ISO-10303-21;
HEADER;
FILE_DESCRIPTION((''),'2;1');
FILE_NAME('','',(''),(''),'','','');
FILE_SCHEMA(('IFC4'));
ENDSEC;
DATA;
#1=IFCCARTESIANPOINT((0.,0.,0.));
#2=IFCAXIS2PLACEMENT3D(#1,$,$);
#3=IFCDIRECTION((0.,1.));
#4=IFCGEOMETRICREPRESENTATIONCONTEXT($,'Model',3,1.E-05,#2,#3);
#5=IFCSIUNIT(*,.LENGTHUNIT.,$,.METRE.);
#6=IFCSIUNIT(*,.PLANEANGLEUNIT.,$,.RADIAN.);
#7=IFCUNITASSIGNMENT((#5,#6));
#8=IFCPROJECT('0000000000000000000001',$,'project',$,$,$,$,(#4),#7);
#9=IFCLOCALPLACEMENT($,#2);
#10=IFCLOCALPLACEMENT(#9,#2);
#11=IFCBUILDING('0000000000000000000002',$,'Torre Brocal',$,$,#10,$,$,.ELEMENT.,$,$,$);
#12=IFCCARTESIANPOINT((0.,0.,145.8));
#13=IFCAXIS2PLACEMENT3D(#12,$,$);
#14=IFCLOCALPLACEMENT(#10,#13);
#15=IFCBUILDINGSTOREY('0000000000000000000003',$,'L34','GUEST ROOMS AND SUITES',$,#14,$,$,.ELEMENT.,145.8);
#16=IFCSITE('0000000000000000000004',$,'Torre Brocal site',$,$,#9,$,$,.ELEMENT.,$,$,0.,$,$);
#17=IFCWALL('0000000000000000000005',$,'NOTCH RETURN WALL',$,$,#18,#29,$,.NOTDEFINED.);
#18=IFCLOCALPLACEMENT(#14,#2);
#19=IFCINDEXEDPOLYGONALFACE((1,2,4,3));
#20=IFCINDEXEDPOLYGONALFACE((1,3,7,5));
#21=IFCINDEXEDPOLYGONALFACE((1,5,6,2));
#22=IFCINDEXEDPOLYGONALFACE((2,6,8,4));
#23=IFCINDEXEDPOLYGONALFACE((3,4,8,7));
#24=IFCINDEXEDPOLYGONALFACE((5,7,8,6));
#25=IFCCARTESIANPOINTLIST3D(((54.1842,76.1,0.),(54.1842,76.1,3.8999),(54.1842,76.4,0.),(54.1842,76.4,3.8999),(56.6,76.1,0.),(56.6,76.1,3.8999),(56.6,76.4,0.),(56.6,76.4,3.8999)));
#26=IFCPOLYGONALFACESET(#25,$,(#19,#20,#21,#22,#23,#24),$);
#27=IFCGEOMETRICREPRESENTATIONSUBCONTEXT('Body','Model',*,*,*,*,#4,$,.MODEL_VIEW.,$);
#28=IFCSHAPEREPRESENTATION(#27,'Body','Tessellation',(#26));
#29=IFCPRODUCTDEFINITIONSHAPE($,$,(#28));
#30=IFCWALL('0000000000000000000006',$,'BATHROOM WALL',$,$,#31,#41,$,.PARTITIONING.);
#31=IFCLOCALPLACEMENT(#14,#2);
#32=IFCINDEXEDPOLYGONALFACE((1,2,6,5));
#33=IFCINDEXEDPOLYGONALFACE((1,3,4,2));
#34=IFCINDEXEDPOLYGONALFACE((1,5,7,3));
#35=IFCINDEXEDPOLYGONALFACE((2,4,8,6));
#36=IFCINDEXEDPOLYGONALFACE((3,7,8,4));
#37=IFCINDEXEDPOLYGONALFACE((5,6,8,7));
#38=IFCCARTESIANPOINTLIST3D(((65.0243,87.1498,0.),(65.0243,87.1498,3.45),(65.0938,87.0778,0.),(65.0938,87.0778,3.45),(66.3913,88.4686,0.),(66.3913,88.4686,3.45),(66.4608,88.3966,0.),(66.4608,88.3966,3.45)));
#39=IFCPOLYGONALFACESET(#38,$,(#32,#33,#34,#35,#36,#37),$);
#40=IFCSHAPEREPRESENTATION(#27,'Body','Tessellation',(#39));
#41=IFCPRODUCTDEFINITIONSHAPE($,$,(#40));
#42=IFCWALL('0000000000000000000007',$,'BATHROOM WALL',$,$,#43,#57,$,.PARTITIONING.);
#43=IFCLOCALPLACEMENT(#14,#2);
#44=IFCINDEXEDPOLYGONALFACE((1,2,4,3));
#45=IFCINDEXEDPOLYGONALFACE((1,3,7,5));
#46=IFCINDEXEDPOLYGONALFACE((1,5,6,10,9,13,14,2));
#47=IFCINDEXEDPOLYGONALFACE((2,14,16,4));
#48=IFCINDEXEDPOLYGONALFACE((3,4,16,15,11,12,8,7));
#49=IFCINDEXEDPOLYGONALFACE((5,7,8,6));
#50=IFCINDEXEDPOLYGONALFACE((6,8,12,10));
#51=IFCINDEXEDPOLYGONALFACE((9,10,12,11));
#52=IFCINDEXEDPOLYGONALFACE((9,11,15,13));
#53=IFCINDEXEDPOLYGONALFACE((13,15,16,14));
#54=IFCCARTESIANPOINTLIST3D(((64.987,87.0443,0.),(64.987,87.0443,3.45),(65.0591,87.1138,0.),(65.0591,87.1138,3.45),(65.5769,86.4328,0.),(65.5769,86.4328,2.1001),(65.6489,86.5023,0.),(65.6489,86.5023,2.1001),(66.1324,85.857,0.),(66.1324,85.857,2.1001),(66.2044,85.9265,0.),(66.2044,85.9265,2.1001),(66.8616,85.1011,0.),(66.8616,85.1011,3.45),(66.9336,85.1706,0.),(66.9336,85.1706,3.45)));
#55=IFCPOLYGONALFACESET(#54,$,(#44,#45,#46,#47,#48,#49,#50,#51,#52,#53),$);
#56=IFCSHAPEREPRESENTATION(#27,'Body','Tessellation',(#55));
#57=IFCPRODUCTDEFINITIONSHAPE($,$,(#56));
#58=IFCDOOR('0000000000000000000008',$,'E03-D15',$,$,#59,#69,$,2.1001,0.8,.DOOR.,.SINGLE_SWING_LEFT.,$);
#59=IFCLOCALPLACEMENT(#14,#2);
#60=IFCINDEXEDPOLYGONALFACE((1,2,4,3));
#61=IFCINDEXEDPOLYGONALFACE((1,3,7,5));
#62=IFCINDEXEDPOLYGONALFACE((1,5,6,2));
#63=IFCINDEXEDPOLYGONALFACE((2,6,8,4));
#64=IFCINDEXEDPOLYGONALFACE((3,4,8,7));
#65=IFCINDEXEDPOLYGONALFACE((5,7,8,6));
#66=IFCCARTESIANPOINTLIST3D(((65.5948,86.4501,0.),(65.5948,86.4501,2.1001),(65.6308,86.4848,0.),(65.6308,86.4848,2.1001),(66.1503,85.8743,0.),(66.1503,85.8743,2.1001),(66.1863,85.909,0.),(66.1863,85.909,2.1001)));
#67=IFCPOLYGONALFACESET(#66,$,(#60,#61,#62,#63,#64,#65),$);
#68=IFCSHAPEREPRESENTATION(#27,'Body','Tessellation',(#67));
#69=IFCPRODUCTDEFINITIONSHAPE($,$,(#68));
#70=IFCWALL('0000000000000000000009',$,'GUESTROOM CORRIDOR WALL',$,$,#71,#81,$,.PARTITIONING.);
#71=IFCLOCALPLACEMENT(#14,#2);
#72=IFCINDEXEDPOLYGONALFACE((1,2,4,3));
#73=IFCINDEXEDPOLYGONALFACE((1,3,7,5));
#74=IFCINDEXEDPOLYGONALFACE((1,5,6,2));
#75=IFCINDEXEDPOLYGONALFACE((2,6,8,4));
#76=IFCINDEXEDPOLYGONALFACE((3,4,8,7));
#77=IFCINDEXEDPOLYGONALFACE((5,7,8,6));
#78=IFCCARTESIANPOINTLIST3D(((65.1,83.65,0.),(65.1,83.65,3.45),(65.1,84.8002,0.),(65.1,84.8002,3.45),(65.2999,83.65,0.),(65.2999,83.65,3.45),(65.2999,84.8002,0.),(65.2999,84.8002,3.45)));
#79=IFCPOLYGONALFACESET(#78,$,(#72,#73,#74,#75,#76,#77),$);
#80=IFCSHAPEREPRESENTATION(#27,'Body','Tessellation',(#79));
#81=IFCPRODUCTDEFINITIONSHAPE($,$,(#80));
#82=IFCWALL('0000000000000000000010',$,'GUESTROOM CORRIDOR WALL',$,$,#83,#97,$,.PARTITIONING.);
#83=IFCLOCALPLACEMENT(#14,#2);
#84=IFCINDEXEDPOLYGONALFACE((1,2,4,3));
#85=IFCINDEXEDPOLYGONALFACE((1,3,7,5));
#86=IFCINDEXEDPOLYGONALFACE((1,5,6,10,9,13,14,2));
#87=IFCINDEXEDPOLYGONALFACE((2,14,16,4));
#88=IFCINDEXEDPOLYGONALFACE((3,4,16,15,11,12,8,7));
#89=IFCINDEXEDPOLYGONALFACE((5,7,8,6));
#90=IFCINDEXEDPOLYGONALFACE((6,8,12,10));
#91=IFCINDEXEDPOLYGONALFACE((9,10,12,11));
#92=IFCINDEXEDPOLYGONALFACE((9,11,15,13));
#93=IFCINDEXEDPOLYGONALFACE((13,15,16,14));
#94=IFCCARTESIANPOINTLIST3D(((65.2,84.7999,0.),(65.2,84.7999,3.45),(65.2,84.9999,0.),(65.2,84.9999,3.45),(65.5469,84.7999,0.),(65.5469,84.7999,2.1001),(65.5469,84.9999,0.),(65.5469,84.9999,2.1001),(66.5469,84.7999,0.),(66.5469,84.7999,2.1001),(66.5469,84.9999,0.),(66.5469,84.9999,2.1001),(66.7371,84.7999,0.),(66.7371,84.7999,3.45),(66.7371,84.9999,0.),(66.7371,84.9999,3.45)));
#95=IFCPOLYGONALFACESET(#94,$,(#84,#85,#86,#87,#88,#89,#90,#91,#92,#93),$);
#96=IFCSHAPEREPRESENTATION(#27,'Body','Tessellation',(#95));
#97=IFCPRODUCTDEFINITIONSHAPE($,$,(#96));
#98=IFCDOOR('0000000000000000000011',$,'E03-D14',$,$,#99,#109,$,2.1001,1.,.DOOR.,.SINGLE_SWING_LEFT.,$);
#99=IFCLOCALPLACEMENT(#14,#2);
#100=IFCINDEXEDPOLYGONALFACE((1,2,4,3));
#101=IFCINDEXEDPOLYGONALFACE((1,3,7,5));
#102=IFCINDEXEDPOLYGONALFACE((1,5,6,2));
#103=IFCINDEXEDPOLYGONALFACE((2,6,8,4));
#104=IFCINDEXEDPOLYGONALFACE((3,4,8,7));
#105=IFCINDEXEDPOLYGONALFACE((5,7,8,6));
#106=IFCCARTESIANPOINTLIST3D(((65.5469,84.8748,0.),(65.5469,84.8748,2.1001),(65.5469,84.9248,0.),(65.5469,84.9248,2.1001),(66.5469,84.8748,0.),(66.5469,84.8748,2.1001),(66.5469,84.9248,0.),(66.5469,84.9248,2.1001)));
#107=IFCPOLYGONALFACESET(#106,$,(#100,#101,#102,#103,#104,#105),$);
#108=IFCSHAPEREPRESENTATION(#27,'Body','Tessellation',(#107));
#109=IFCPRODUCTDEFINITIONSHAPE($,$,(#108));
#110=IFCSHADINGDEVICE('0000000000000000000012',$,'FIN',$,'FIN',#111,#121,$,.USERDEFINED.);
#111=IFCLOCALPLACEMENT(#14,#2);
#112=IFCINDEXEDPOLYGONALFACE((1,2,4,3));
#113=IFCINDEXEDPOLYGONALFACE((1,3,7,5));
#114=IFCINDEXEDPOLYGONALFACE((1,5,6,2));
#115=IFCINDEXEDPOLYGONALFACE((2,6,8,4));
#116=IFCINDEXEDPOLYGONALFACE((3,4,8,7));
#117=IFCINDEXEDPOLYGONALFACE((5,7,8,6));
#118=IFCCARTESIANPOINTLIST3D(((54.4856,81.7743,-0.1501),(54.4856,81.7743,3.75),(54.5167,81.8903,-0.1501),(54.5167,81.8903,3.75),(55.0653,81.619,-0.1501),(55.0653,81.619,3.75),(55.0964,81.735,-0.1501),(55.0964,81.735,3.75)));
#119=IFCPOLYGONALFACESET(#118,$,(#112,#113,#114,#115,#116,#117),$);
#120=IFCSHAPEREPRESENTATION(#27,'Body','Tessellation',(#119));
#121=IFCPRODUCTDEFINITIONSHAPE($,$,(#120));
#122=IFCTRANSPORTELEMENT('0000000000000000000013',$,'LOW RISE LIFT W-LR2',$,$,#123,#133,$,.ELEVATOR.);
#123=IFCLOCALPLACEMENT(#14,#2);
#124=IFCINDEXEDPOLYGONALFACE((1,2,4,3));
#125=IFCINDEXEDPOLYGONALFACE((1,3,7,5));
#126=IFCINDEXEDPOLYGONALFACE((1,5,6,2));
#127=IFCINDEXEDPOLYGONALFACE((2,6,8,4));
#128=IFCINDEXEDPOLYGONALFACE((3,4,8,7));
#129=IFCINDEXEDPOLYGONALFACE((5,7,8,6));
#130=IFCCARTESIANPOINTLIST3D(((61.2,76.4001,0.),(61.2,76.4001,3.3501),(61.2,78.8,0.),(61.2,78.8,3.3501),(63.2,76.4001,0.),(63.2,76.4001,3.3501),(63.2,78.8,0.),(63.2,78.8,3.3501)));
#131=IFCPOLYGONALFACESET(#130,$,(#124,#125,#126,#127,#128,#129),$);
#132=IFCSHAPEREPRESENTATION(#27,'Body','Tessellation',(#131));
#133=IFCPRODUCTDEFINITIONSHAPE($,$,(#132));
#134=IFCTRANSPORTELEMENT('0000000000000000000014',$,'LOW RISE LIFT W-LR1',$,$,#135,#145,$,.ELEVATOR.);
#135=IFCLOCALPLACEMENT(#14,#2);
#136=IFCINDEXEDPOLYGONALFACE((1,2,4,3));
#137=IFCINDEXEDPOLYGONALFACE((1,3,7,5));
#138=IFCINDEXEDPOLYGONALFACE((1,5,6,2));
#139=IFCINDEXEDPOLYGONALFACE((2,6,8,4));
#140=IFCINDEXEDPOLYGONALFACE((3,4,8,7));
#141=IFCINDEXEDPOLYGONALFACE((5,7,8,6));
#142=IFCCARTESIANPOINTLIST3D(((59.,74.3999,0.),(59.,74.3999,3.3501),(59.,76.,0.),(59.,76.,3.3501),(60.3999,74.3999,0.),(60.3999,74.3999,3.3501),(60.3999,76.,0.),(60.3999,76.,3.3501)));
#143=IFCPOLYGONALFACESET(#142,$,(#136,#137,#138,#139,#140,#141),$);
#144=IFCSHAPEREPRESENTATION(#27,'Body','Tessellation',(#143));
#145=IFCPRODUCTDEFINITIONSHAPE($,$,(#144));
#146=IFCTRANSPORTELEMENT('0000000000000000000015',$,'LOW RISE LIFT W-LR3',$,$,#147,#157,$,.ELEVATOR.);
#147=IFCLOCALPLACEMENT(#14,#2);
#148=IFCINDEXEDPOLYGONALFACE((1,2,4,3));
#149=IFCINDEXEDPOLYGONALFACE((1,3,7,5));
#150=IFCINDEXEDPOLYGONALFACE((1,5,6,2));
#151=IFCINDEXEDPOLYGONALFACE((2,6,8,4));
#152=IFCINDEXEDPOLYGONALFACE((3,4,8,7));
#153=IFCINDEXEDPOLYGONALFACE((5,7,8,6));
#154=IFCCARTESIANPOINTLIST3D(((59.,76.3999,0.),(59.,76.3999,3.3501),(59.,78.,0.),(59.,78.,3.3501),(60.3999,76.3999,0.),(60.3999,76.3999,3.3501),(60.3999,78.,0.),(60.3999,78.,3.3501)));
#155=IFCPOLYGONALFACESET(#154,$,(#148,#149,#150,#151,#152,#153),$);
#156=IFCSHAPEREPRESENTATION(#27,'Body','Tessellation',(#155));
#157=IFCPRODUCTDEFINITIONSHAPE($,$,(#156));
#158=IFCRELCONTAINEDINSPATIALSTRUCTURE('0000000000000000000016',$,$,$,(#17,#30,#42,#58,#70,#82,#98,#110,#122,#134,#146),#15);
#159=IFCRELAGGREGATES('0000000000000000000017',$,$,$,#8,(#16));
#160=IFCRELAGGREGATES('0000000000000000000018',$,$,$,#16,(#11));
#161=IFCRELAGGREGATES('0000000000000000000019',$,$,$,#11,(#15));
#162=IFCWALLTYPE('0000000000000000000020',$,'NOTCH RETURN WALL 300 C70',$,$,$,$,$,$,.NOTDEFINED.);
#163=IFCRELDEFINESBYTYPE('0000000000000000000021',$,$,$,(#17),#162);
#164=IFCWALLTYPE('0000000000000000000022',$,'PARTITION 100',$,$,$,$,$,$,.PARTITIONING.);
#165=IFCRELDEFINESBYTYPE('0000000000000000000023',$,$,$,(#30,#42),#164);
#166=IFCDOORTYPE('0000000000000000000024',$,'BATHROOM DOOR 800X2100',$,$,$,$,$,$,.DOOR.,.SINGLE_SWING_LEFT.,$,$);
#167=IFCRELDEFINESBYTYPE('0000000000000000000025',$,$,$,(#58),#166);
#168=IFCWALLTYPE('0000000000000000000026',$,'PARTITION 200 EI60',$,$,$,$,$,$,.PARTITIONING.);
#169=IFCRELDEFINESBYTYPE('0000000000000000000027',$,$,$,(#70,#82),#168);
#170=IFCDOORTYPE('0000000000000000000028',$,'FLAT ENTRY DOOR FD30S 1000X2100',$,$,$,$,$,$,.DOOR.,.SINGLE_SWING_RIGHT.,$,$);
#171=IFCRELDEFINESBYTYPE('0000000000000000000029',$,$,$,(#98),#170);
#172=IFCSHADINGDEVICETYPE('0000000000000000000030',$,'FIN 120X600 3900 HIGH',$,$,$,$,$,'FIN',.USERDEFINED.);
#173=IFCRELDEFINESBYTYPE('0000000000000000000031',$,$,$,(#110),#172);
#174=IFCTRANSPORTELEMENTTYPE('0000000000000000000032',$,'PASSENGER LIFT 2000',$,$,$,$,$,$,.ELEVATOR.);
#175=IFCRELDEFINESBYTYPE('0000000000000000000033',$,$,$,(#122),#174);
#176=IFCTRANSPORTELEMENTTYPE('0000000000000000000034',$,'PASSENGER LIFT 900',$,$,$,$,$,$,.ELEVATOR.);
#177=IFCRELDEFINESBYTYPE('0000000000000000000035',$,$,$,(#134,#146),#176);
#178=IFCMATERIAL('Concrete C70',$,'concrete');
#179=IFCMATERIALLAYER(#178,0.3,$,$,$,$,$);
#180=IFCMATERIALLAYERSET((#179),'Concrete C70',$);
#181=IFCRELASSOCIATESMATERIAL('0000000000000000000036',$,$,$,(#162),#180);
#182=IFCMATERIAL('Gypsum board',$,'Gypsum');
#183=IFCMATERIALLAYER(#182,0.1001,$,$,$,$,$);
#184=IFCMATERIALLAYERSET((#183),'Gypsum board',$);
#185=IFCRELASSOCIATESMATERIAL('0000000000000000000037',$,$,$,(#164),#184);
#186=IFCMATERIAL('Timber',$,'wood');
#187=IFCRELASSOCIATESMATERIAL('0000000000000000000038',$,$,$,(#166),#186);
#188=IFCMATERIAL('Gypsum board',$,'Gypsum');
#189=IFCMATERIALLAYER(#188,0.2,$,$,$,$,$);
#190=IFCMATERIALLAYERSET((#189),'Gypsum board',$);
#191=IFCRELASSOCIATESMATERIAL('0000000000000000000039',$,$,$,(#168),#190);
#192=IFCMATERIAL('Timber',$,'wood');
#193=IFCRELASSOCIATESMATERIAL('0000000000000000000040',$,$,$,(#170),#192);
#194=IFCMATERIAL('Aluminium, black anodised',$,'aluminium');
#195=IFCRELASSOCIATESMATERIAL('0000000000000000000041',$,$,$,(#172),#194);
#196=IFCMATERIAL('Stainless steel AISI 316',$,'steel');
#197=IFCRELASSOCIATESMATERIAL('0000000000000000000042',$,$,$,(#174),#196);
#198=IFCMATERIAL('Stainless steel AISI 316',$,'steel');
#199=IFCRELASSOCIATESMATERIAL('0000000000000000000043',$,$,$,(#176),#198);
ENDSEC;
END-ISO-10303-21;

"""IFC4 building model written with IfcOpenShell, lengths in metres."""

from ifc_helpers import new_model, si_unit, direction, frame, frame_2d, origin, origin_2d, place, context, subcontext, project, spatial, rectangle, extrude, material, layer, layer_set, material_profile, profile_set, type_object, element, fill, save


model = new_model("IFC4")

# Units and contexts
model_context = context("Model", 3, precision=1e-05, world=origin(), true_north=direction((0.0, 1.0)))
body_context = subcontext(model_context, "Body", "Model", "MODEL_VIEW")
ifc_project = project(units=[si_unit("LENGTHUNIT", "METRE"), si_unit("PLANEANGLEUNIT", "RADIAN")], contexts=[model_context])

# Site, building, storey
site_placement = place(None, origin())
site = spatial("IfcSite", under=ifc_project, at=site_placement, Name="Torre Brocal site", CompositionType="ELEMENT", RefElevation=0.0)
building_placement = place(site_placement, origin())
building = spatial("IfcBuilding", under=site, at=building_placement, Name="Torre Brocal", CompositionType="ELEMENT")
storey_placement = place(building_placement, frame((0.0, 0.0, 145.8)))
storey = spatial("IfcBuildingStorey", under=building, at=storey_placement, Name="L34", Description="GUEST ROOMS AND SUITES", CompositionType="ELEMENT", Elevation=145.8)

# Walls
ifc_material_1 = material(Name="Concrete C70", Category="concrete")
ifc_layer_1 = layer(ifc_material_1, 0.3)
ifc_layer_set_1 = layer_set([ifc_layer_1], Name="Concrete C70")
wall_type_1 = type_object("IfcWallType", Name="NOTCH RETURN WALL 300 C70", PredefinedType="NOTDEFINED", material=ifc_layer_set_1)
wall_1_placement = place(storey_placement, frame((56.6001, 76.25, 0.0), z_axis=(0.0, 0.0, 1.0), x_axis=(-1.0, 0.0, 0.0)))
element("IfcWall", 1, at=wall_1_placement, inside=storey, type_object=wall_type_1, Name="NOTCH RETURN WALL", PredefinedType="NOTDEFINED", context=body_context, shape_type="SweptSolid", body=[
    extrude(rectangle(XDim=2.4158, YDim=0.3, at=frame_2d((1.208, 0.0))), origin(), (0.0, 0.0, 1.0), 3.8999),
])
ifc_material_2 = material(Name="Gypsum board", Category="Gypsum")
ifc_layer_2 = layer(ifc_material_2, 0.1001)
ifc_layer_set_2 = layer_set([ifc_layer_2], Name="Gypsum board")
wall_type_2 = type_object("IfcWallType", Name="PARTITION 100", PredefinedType="PARTITIONING", material=ifc_layer_set_2)
wall_2_placement = place(storey_placement, frame((65.0591, 87.1138, 0.0), z_axis=(0.0, 0.0, 1.0), x_axis=(0.719654, 0.694333, 0.0)))
element("IfcWall", 2, at=wall_2_placement, inside=storey, type_object=wall_type_2, Name="BATHROOM WALL", PredefinedType="PARTITIONING", context=body_context, shape_type="SweptSolid", body=[
    extrude(rectangle(XDim=1.8994, YDim=0.1001, at=frame_2d((0.9497, 0.0))), origin(), (0.0, 0.0, 1.0), 3.45),
])

# Wall, opening, door
wall_3_placement = place(storey_placement, frame((65.0229, 87.0791, 0.0), z_axis=(0.0, 0.0, 1.0), x_axis=(0.694288, -0.719697, 0.0)))
wall_3 = element("IfcWall", 3, at=wall_3_placement, inside=storey, type_object=wall_type_2, Name="BATHROOM WALL", PredefinedType="PARTITIONING", context=body_context, shape_type="SweptSolid", body=[
    extrude(rectangle(XDim=2.7, YDim=0.1001, at=frame_2d((1.3501, 0.0))), origin(), (0.0, 0.0, 1.0), 3.45),
])
opening_1_placement = place(wall_3_placement, frame((0.8499, 0.0, 0.0)))
opening_1 = element("IfcOpeningElement", 4, at=opening_1_placement, cuts=wall_3, PredefinedType="OPENING", context=body_context, shape_type="SweptSolid", body=[
    extrude(rectangle(XDim=0.8, YDim=2.1001, at=frame_2d((0.3999, 1.05))), frame((0.0, 0.0601, 0.0), z_axis=(0.0, -1.0, 0.0), x_axis=(1.0, 0.0, 0.0)), (0.0, 0.0, 1.0), 0.1201),
])
ifc_material_3 = material(Name="Timber", Category="wood")
door_type_1 = type_object("IfcDoorType", Name="BATHROOM DOOR 800X2100", OperationType="SINGLE_SWING_LEFT", PredefinedType="DOOR", material=ifc_material_3)
door_1_placement = place(opening_1_placement, origin())
door_1 = element("IfcDoor", 5, at=door_1_placement, inside=storey, type_object=door_type_1, Name="E03-D15", OperationType="SINGLE_SWING_LEFT", OverallHeight=2.1001, OverallWidth=0.8, PredefinedType="DOOR", context=body_context, shape_type="SweptSolid", body=[
    extrude(rectangle(XDim=0.8, YDim=2.1001, at=frame_2d((0.3999, 1.05))), frame((0.0, 0.0249, 0.0), z_axis=(0.0, -1.0, 0.0), x_axis=(1.0, 0.0, 0.0)), (0.0, 0.0, 1.0), 0.05),
])
fill(opening_1, door_1)

# Wall
ifc_material_4 = material(Name="Gypsum board", Category="Gypsum")
ifc_layer_3 = layer(ifc_material_4, 0.2)
ifc_layer_set_3 = layer_set([ifc_layer_3], Name="Gypsum board")
wall_type_3 = type_object("IfcWallType", Name="PARTITION 200 EI60", PredefinedType="PARTITIONING", material=ifc_layer_set_3)
wall_4_placement = place(storey_placement, frame((65.2, 83.6499, 0.0), z_axis=(0.0, 0.0, 1.0), x_axis=(0.0, 1.0, 0.0)))
element("IfcWall", 6, at=wall_4_placement, inside=storey, type_object=wall_type_3, Name="GUESTROOM CORRIDOR WALL", PredefinedType="PARTITIONING", context=body_context, shape_type="SweptSolid", body=[
    extrude(rectangle(XDim=1.1501, YDim=0.2, at=frame_2d((0.5752, 0.0))), origin(), (0.0, 0.0, 1.0), 3.45),
])

# Wall, opening, door
wall_5_placement = place(storey_placement, frame((65.2, 84.8999, 0.0), z_axis=(0.0, 0.0, 1.0), x_axis=(1.0, 0.0, 0.0)))
wall_5 = element("IfcWall", 7, at=wall_5_placement, inside=storey, type_object=wall_type_3, Name="GUESTROOM CORRIDOR WALL", PredefinedType="PARTITIONING", context=body_context, shape_type="SweptSolid", body=[
    extrude(rectangle(XDim=1.5371, YDim=0.2, at=frame_2d((0.7686, 0.0))), origin(), (0.0, 0.0, 1.0), 3.45),
])
opening_2_placement = place(wall_5_placement, frame((0.3469, 0.0, 0.0)))
opening_2 = element("IfcOpeningElement", 8, at=opening_2_placement, cuts=wall_5, PredefinedType="OPENING", context=body_context, shape_type="SweptSolid", body=[
    extrude(rectangle(XDim=1.0, YDim=2.1001, at=frame_2d((0.5, 1.05))), frame((0.0, 0.1099, 0.0), z_axis=(0.0, -1.0, 0.0), x_axis=(1.0, 0.0, 0.0)), (0.0, 0.0, 1.0), 0.22),
])
ifc_material_5 = material(Name="Timber", Category="wood")
door_type_2 = type_object("IfcDoorType", Name="FLAT ENTRY DOOR FD30S 1000X2100", OperationType="SINGLE_SWING_RIGHT", PredefinedType="DOOR", material=ifc_material_5)
door_2_placement = place(opening_2_placement, origin())
door_2 = element("IfcDoor", 9, at=door_2_placement, inside=storey, type_object=door_type_2, Name="E03-D14", OperationType="SINGLE_SWING_LEFT", OverallHeight=2.1001, OverallWidth=1.0, PredefinedType="DOOR", context=body_context, shape_type="SweptSolid", body=[
    extrude(rectangle(XDim=1.0, YDim=2.1001, at=frame_2d((0.5, 1.05))), frame((0.0, 0.0249, 0.0), z_axis=(0.0, -1.0, 0.0), x_axis=(1.0, 0.0, 0.0)), (0.0, 0.0, 1.0), 0.05),
])
fill(opening_2, door_2)

# Shading device
ifc_material_6 = material(Name="Aluminium, black anodised", Category="aluminium")
ifc_material_profile_1 = material_profile(ifc_material_6, rectangle(XDim=0.1201, YDim=0.6001, at=origin_2d()), Name="FIN 120X600 3900 HIGH")
ifc_profile_set_1 = profile_set([ifc_material_profile_1], Name="Aluminium, black anodised")
shading_device_type = type_object("IfcShadingDeviceType", Name="FIN 120X600 3900 HIGH", ElementType="FIN", PredefinedType="USERDEFINED", material=ifc_profile_set_1)
shading_device_placement = place(storey_placement, frame((54.791, 81.7546, -0.1501), z_axis=(0.0, 0.0, 1.0), x_axis=(-0.258819, -0.965926, 0.0)))
element("IfcShadingDevice", 10, at=shading_device_placement, inside=storey, type_object=shading_device_type, Name="FIN", ObjectType="FIN", PredefinedType="USERDEFINED", context=body_context, shape_type="SweptSolid", body=[
    extrude(rectangle(XDim=0.1201, YDim=0.6001, at=origin_2d()), origin(), (0.0, 0.0, 1.0), 3.9001),
])

# Transport elements
ifc_material_7 = material(Name="Stainless steel AISI 316", Category="steel")
transport_element_type_1 = type_object("IfcTransportElementType", Name="PASSENGER LIFT 2000", PredefinedType="ELEVATOR", material=ifc_material_7)
transport_element_placement = place(storey_placement, frame((62.2, 77.6001, 0.0), z_axis=(0.0, 0.0, 1.0), x_axis=(1.0, 0.0, 0.0)))
element("IfcTransportElement", 11, at=transport_element_placement, inside=storey, type_object=transport_element_type_1, Name="LOW RISE LIFT W-LR2", PredefinedType="ELEVATOR", context=body_context, shape_type="SweptSolid", body=[
    extrude(rectangle(XDim=2.0, YDim=2.3999, at=origin_2d()), origin(), (0.0, 0.0, 1.0), 3.3501),
])
ifc_material_8 = material(Name="Stainless steel AISI 316", Category="steel")
transport_element_type_2 = type_object("IfcTransportElementType", Name="PASSENGER LIFT 900", PredefinedType="ELEVATOR", material=ifc_material_8)
for number, where, z_axis, x_axis, name in (
    (12, (59.7, 75.2, 0.0), (0.0, 0.0, 1.0), (1.0, 0.0, 0.0), "LOW RISE LIFT W-LR1"),
    (13, (59.7, 77.2, 0.0), (0.0, 0.0, 1.0), (1.0, 0.0, 0.0), "LOW RISE LIFT W-LR3"),
):
    element("IfcTransportElement", number, at=place(storey_placement, frame(where, z_axis=z_axis, x_axis=x_axis)), inside=storey, type_object=transport_element_type_2, Name=name, PredefinedType="ELEVATOR", context=body_context, shape_type="SweptSolid", body=[
        extrude(rectangle(XDim=1.3999, YDim=1.6001, at=origin_2d()), origin(), (0.0, 0.0, 1.0), 3.3501),
    ])

save(model, "model.ifc")
